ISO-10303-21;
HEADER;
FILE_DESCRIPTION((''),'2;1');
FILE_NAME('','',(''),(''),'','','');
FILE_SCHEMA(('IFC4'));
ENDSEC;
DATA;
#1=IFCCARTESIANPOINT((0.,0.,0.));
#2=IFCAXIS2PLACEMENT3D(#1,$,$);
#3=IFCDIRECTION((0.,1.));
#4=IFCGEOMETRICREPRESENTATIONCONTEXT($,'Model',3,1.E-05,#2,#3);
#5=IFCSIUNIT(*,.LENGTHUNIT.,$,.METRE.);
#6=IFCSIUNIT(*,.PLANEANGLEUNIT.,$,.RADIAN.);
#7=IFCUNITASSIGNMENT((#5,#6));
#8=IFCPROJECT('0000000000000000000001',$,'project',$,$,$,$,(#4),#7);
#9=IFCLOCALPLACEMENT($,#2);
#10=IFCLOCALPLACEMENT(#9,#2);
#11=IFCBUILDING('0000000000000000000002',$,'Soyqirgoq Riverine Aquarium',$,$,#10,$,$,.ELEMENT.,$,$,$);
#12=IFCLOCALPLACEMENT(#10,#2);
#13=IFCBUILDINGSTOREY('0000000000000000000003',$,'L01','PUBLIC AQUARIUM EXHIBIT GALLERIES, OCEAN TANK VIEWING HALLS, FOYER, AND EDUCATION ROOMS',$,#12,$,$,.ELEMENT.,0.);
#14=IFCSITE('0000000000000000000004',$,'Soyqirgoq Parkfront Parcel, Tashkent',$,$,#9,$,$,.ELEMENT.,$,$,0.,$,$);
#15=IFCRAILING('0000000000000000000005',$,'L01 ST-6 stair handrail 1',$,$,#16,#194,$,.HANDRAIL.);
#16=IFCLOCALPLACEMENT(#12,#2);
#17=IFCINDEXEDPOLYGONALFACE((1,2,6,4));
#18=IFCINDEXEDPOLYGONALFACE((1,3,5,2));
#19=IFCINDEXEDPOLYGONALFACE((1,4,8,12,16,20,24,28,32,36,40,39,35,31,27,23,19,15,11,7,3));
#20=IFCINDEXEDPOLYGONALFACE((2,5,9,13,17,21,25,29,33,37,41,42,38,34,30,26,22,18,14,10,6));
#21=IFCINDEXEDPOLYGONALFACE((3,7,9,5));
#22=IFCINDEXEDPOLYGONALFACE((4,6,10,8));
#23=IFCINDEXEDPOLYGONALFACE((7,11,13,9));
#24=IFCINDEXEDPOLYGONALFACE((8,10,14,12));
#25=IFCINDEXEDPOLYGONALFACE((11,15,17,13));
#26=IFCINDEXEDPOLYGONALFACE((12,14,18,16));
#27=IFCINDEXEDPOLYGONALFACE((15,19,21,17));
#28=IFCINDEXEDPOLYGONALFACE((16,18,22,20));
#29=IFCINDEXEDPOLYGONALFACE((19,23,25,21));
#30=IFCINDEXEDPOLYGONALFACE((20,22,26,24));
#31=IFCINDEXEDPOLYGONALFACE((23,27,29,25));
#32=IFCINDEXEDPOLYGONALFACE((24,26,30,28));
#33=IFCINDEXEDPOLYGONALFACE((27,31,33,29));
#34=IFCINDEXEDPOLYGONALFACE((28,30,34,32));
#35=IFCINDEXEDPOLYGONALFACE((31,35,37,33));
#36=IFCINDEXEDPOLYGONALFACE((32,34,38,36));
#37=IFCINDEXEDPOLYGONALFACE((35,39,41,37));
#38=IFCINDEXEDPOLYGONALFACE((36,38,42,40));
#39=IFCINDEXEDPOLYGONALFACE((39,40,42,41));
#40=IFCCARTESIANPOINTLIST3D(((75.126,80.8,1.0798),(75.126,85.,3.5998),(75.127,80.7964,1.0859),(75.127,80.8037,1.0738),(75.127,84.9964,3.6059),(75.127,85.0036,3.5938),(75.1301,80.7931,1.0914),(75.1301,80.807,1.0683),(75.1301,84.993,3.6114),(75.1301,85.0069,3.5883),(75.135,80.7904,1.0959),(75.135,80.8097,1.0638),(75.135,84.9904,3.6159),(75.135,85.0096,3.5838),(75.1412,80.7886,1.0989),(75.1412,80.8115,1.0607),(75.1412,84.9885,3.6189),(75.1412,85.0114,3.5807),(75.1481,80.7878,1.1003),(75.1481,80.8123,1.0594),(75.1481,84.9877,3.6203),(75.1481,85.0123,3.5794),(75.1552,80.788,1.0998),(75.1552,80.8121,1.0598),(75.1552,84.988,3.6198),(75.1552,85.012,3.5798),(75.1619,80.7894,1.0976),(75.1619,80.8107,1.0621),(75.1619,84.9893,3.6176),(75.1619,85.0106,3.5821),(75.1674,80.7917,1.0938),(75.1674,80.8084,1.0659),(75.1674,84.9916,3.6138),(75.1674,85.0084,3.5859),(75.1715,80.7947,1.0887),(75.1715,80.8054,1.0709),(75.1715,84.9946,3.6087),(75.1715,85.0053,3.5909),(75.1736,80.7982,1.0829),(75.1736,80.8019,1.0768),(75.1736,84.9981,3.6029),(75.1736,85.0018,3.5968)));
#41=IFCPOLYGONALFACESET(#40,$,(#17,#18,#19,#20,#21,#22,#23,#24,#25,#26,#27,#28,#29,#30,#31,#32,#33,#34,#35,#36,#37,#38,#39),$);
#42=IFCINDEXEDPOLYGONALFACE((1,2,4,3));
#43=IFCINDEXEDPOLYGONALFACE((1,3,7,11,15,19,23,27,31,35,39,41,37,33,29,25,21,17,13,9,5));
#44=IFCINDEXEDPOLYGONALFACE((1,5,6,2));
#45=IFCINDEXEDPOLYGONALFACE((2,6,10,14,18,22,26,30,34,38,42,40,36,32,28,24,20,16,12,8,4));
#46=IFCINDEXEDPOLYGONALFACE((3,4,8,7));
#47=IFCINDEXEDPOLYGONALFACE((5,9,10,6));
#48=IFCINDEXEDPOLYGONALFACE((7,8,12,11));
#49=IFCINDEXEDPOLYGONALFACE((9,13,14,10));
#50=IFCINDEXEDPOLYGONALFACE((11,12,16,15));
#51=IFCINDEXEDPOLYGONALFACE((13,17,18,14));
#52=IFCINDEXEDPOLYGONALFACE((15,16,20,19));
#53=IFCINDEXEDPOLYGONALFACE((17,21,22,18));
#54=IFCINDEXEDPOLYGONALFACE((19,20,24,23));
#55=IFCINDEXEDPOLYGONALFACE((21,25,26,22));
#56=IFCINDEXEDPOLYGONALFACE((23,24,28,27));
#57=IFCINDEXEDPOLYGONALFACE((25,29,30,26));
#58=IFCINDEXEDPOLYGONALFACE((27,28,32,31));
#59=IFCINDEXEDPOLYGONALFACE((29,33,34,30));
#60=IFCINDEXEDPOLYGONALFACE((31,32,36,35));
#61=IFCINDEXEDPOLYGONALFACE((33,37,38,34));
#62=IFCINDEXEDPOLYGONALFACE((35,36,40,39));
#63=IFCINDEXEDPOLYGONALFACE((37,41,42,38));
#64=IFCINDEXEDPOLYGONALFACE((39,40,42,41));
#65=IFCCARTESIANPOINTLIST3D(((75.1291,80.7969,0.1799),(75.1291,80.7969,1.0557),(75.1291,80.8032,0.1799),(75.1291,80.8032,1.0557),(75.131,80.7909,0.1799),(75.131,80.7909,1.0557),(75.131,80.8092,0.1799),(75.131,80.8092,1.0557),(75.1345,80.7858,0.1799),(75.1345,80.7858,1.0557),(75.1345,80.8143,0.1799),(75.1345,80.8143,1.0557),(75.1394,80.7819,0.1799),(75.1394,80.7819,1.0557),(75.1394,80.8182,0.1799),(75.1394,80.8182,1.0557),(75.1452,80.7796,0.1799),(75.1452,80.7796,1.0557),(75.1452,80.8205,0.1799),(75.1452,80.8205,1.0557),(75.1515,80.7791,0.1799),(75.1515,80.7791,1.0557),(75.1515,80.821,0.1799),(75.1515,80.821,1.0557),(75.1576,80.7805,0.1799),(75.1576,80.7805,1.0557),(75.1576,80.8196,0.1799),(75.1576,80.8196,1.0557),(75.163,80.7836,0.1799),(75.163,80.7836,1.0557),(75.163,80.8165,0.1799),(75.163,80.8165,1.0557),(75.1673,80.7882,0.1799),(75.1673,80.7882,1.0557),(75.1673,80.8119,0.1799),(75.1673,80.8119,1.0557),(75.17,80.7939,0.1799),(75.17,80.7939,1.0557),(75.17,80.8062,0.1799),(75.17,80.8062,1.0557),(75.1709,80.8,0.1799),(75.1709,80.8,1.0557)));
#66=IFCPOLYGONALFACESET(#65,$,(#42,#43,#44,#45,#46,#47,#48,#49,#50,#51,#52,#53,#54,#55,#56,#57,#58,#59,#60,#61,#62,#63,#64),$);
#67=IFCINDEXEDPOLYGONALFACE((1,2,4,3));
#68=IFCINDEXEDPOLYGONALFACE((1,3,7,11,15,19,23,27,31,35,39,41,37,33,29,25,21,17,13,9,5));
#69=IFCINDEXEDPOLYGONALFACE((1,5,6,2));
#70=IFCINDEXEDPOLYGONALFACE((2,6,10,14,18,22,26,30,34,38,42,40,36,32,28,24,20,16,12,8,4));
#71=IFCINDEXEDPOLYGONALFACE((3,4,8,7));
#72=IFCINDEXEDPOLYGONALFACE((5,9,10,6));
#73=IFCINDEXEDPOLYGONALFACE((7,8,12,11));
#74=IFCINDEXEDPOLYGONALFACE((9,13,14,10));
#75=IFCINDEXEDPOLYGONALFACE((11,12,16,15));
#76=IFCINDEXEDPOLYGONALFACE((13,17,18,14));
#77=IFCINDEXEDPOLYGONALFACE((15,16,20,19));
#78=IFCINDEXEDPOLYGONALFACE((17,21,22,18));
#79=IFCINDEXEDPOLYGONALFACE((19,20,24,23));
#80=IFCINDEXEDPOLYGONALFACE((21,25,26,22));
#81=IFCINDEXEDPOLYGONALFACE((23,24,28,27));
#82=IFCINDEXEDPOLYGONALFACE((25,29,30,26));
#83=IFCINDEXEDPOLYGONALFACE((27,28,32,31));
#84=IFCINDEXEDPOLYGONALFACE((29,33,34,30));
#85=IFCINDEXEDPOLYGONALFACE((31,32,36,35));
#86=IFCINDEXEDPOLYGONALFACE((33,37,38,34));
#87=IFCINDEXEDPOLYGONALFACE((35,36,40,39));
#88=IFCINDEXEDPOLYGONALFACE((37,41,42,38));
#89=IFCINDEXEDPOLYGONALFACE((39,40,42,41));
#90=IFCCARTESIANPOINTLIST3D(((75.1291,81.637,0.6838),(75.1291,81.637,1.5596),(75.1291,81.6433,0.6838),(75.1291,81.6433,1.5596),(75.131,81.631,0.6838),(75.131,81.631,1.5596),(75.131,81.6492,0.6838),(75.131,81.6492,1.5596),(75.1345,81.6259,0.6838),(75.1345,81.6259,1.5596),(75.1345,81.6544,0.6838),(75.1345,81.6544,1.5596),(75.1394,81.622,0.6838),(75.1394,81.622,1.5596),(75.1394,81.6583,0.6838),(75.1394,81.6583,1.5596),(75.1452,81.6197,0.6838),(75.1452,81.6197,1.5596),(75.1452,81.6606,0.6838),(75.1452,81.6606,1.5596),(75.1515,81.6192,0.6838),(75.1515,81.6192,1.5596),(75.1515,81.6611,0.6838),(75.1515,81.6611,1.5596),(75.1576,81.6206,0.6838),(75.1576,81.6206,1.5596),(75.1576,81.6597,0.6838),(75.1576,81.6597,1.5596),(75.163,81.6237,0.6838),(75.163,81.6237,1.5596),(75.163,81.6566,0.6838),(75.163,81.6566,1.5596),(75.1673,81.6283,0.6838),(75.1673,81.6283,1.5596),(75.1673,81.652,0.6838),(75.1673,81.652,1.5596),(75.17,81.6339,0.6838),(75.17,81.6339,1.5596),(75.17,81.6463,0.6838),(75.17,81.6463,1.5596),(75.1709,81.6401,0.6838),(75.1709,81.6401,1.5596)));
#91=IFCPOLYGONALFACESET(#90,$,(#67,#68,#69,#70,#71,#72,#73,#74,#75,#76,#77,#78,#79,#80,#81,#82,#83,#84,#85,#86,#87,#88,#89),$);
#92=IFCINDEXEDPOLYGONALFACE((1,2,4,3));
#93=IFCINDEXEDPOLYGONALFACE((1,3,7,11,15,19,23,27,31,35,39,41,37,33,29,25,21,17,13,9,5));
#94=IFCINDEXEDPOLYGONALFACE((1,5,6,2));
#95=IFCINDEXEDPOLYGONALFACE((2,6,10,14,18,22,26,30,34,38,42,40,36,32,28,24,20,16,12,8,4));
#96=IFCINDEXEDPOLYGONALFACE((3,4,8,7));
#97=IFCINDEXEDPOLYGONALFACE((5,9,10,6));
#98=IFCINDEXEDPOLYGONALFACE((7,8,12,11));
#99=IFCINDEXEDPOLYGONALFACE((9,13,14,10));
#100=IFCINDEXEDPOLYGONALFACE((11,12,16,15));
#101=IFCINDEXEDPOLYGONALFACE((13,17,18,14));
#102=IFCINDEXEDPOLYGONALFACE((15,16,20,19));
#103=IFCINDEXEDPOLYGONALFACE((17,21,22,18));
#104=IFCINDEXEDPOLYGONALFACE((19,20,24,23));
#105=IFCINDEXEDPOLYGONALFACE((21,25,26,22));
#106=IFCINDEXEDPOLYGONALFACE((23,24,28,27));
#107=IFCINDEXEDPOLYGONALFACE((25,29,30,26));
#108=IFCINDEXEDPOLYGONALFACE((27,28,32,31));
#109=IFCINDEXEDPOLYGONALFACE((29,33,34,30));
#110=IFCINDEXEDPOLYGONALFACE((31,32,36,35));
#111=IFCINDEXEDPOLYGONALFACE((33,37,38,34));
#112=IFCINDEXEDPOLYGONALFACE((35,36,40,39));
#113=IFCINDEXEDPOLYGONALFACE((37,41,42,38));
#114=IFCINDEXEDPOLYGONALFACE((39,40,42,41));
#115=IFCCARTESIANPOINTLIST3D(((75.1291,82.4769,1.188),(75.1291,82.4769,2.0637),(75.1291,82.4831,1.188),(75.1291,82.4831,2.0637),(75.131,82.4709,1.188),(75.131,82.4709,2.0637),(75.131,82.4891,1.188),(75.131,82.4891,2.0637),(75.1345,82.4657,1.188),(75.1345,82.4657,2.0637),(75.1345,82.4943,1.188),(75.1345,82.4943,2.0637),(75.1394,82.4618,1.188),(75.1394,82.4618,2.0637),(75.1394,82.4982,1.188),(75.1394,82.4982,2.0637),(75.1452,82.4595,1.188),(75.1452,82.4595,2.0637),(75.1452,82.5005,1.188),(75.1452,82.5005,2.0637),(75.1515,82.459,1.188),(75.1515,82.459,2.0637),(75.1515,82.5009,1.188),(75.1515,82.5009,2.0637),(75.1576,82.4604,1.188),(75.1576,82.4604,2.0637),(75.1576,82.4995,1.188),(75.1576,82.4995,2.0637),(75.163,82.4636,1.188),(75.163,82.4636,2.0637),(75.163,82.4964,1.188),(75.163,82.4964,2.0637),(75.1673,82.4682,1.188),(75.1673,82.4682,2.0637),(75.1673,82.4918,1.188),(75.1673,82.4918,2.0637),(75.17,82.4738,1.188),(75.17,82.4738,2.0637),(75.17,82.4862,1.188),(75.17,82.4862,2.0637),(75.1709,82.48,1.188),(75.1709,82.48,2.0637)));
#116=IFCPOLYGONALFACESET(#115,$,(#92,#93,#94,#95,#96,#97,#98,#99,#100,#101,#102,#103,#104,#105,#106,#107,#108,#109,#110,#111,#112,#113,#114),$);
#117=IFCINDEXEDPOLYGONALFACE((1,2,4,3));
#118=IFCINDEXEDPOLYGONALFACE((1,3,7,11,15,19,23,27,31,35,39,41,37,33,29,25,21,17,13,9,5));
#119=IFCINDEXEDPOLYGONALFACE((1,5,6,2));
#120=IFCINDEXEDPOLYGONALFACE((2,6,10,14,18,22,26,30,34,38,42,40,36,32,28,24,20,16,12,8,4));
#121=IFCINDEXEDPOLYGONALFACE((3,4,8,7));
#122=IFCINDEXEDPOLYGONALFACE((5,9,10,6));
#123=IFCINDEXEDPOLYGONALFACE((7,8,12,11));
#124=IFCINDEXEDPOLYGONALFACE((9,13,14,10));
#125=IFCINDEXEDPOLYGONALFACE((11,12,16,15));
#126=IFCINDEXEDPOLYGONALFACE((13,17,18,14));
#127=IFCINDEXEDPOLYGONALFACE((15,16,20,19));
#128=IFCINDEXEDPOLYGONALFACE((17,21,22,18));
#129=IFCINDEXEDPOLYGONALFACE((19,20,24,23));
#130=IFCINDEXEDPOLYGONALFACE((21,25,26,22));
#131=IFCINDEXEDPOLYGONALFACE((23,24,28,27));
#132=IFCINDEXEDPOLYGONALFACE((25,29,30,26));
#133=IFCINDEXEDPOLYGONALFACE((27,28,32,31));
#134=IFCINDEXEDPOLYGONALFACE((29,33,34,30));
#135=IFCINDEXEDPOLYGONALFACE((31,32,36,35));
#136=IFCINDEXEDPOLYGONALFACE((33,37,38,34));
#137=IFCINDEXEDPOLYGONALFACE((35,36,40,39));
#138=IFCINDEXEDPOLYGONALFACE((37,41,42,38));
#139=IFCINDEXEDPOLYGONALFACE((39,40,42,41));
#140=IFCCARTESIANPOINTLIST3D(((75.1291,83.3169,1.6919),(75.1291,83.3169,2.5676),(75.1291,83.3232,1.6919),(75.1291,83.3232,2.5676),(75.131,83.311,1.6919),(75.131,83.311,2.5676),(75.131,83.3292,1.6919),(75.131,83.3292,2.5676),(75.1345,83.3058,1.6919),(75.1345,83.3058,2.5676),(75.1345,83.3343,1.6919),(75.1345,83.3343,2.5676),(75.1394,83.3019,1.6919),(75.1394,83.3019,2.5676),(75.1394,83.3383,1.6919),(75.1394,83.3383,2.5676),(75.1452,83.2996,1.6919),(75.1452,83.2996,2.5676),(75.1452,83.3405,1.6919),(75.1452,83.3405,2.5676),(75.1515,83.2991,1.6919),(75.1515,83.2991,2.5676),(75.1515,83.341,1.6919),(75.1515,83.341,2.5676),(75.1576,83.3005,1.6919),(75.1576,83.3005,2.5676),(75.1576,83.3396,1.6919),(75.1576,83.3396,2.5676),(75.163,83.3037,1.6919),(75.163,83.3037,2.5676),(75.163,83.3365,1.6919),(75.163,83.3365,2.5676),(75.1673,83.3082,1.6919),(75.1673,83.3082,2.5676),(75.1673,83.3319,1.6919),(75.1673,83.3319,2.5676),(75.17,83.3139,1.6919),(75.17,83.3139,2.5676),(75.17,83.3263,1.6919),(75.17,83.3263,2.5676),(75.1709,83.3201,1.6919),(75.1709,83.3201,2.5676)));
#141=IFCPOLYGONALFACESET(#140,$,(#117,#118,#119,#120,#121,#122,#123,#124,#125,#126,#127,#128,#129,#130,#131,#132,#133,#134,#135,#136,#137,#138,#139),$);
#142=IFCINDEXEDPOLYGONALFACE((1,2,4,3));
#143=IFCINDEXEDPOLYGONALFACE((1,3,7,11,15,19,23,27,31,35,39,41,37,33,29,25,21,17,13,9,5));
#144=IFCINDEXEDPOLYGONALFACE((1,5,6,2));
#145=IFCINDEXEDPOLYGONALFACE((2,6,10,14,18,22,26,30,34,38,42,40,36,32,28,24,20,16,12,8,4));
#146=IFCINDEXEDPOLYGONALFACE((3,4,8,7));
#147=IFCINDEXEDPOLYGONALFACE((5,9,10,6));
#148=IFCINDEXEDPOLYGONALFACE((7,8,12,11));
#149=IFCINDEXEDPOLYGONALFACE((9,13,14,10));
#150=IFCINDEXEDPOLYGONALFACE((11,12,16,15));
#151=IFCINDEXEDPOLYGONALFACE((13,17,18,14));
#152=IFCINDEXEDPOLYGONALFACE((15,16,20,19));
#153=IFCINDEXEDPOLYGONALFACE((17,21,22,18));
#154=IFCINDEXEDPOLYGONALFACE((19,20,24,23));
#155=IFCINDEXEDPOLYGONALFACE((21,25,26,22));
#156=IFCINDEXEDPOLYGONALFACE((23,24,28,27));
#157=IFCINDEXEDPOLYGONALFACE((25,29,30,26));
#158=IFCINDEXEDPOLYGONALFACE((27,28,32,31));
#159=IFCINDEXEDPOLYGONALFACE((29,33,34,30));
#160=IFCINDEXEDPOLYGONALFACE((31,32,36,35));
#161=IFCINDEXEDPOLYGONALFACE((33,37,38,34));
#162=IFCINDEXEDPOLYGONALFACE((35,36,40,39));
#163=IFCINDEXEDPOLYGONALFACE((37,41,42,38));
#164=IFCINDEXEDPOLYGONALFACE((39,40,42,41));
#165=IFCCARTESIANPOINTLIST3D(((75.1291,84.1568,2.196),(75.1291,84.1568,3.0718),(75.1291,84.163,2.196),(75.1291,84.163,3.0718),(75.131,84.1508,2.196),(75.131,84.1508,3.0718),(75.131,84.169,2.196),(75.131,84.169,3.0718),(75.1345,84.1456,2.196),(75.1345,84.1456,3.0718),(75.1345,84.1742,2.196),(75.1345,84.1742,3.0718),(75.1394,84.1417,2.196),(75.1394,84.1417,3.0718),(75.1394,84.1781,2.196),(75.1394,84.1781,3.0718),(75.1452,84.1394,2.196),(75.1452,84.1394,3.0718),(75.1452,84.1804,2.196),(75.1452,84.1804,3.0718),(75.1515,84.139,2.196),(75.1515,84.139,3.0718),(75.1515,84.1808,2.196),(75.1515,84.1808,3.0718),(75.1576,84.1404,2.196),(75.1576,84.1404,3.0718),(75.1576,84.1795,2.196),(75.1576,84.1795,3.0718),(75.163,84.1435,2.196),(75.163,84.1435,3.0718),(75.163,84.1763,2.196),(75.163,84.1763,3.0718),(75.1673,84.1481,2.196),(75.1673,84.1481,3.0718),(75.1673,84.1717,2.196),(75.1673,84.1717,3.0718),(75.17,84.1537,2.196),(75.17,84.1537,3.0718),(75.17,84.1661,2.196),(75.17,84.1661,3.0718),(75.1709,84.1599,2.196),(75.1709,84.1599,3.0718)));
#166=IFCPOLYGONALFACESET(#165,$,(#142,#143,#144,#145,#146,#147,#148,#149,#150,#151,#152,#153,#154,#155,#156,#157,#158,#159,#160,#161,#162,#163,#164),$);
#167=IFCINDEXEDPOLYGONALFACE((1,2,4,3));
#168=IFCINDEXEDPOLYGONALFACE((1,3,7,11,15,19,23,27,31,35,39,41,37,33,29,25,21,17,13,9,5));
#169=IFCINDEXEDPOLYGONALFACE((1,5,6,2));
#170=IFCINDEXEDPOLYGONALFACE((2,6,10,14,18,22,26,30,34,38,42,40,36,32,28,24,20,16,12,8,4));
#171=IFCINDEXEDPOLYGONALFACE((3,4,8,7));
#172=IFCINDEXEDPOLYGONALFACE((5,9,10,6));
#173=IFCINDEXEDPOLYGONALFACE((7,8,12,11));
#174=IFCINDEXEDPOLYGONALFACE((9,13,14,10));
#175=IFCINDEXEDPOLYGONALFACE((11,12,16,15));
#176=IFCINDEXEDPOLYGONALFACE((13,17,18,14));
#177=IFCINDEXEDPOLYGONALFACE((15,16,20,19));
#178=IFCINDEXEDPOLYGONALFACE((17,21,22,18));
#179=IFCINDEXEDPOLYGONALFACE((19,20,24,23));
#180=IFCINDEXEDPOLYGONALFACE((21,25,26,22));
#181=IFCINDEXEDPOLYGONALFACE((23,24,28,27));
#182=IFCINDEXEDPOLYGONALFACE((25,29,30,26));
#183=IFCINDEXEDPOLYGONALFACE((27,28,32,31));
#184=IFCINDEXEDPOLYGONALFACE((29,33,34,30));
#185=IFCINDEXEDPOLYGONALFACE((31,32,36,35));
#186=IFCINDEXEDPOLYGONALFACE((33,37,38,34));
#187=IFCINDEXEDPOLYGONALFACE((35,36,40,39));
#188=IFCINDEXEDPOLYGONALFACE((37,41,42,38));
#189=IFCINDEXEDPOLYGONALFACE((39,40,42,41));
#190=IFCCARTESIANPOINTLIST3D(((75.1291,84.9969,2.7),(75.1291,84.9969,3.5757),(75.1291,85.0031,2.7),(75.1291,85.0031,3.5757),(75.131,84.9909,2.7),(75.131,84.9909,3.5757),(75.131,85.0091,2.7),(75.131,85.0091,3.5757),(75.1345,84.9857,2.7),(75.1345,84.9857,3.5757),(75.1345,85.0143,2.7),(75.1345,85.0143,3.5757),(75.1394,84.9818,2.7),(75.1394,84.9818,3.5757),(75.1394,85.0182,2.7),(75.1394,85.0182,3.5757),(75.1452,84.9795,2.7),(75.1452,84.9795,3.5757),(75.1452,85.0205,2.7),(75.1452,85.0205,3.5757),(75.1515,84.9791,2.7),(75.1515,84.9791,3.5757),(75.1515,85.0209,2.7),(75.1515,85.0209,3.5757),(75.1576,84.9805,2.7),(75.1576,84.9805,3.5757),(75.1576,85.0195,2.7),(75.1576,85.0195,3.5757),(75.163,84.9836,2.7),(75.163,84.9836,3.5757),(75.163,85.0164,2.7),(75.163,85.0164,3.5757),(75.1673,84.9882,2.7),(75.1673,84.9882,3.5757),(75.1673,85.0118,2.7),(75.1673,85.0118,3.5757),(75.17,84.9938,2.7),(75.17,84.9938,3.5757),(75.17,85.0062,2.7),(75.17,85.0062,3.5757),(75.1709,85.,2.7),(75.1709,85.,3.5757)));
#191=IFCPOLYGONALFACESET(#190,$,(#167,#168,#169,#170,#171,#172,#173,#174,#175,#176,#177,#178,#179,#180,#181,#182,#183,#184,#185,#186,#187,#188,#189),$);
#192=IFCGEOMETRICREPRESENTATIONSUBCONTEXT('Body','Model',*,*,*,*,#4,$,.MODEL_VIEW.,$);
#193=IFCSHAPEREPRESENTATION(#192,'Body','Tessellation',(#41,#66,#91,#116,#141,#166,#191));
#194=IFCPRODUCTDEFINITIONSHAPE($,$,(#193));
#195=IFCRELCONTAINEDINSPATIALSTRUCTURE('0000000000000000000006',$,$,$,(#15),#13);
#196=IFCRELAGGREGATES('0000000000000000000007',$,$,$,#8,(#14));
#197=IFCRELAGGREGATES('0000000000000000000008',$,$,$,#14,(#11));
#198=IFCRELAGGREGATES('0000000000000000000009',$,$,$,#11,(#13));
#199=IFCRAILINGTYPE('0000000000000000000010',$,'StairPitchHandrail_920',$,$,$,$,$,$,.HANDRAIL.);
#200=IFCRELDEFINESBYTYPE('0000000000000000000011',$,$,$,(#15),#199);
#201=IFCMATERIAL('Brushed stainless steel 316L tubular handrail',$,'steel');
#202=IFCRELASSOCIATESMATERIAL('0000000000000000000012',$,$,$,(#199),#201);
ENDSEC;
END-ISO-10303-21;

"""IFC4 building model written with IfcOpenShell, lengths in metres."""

from ifc_helpers import new_model, si_unit, direction, frame, origin, origin_2d, place, context, subcontext, project, spatial, circle, extrude, material, type_object, element, save


model = new_model("IFC4")

# Units and contexts
model_context = context("Model", 3, precision=1e-05, world=origin(), true_north=direction((0.0, 1.0)))
body_context = subcontext(model_context, "Body", "Model", "MODEL_VIEW")
ifc_project = project(units=[si_unit("LENGTHUNIT", "METRE"), si_unit("PLANEANGLEUNIT", "RADIAN")], contexts=[model_context])

# Site, building, storey
site_placement = place(None, origin())
site = spatial("IfcSite", under=ifc_project, at=site_placement, Name="Soyqirgoq Parkfront Parcel, Tashkent", CompositionType="ELEMENT", RefElevation=0.0)
building_placement = place(site_placement, origin())
building = spatial("IfcBuilding", under=site, at=building_placement, Name="Soyqirgoq Riverine Aquarium", CompositionType="ELEMENT")
storey_placement = place(building_placement, origin())
storey = spatial("IfcBuildingStorey", under=building, at=storey_placement, Name="L01", Description="PUBLIC AQUARIUM EXHIBIT GALLERIES, OCEAN TANK VIEWING HALLS, FOYER, AND EDUCATION ROOMS", CompositionType="ELEMENT", Elevation=0.0)

# Railing
ifc_material_1 = material(Name="Brushed stainless steel 316L tubular handrail", Category="steel")
railing_type_1 = type_object("IfcRailingType", Name="StairPitchHandrail_920", PredefinedType="HANDRAIL", material=ifc_material_1)
railing_1_placement = place(storey_placement, frame((75.1499, 80.8, 0.1799)))
element("IfcRailing", 1, at=railing_1_placement, inside=storey, type_object=railing_type_1, Name="L01 ST-6 stair handrail 1", PredefinedType="HANDRAIL", context=body_context, shape_type="SweptSolid", body=[
    extrude(circle(Radius=0.0239, at=origin_2d()), frame((0.0, 0.0, 0.8999), z_axis=(0.0, 0.857489, 0.514503), x_axis=(-1.0, 0.0, 0.0)), (0.0, 0.0, 1.0), 4.8979),
    extrude(circle(Radius=0.021, at=origin_2d()), origin(), (0.0, 0.0, 1.0), 0.8757),
    extrude(circle(Radius=0.021, at=origin_2d()), frame((0.0, 0.8401, 0.5039)), (0.0, 0.0, 1.0), 0.8757),
    extrude(circle(Radius=0.021, at=origin_2d()), frame((0.0, 1.6799, 1.0081)), (0.0, 0.0, 1.0), 0.8757),
    extrude(circle(Radius=0.021, at=origin_2d()), frame((0.0, 2.52, 1.512)), (0.0, 0.0, 1.0), 0.8757),
    extrude(circle(Radius=0.021, at=origin_2d()), frame((0.0, 3.3599, 2.0161)), (0.0, 0.0, 1.0), 0.8757),
    extrude(circle(Radius=0.021, at=origin_2d()), frame((0.0, 4.2, 2.52)), (0.0, 0.0, 1.0), 0.8757),
])

save(model, "model.ifc")
